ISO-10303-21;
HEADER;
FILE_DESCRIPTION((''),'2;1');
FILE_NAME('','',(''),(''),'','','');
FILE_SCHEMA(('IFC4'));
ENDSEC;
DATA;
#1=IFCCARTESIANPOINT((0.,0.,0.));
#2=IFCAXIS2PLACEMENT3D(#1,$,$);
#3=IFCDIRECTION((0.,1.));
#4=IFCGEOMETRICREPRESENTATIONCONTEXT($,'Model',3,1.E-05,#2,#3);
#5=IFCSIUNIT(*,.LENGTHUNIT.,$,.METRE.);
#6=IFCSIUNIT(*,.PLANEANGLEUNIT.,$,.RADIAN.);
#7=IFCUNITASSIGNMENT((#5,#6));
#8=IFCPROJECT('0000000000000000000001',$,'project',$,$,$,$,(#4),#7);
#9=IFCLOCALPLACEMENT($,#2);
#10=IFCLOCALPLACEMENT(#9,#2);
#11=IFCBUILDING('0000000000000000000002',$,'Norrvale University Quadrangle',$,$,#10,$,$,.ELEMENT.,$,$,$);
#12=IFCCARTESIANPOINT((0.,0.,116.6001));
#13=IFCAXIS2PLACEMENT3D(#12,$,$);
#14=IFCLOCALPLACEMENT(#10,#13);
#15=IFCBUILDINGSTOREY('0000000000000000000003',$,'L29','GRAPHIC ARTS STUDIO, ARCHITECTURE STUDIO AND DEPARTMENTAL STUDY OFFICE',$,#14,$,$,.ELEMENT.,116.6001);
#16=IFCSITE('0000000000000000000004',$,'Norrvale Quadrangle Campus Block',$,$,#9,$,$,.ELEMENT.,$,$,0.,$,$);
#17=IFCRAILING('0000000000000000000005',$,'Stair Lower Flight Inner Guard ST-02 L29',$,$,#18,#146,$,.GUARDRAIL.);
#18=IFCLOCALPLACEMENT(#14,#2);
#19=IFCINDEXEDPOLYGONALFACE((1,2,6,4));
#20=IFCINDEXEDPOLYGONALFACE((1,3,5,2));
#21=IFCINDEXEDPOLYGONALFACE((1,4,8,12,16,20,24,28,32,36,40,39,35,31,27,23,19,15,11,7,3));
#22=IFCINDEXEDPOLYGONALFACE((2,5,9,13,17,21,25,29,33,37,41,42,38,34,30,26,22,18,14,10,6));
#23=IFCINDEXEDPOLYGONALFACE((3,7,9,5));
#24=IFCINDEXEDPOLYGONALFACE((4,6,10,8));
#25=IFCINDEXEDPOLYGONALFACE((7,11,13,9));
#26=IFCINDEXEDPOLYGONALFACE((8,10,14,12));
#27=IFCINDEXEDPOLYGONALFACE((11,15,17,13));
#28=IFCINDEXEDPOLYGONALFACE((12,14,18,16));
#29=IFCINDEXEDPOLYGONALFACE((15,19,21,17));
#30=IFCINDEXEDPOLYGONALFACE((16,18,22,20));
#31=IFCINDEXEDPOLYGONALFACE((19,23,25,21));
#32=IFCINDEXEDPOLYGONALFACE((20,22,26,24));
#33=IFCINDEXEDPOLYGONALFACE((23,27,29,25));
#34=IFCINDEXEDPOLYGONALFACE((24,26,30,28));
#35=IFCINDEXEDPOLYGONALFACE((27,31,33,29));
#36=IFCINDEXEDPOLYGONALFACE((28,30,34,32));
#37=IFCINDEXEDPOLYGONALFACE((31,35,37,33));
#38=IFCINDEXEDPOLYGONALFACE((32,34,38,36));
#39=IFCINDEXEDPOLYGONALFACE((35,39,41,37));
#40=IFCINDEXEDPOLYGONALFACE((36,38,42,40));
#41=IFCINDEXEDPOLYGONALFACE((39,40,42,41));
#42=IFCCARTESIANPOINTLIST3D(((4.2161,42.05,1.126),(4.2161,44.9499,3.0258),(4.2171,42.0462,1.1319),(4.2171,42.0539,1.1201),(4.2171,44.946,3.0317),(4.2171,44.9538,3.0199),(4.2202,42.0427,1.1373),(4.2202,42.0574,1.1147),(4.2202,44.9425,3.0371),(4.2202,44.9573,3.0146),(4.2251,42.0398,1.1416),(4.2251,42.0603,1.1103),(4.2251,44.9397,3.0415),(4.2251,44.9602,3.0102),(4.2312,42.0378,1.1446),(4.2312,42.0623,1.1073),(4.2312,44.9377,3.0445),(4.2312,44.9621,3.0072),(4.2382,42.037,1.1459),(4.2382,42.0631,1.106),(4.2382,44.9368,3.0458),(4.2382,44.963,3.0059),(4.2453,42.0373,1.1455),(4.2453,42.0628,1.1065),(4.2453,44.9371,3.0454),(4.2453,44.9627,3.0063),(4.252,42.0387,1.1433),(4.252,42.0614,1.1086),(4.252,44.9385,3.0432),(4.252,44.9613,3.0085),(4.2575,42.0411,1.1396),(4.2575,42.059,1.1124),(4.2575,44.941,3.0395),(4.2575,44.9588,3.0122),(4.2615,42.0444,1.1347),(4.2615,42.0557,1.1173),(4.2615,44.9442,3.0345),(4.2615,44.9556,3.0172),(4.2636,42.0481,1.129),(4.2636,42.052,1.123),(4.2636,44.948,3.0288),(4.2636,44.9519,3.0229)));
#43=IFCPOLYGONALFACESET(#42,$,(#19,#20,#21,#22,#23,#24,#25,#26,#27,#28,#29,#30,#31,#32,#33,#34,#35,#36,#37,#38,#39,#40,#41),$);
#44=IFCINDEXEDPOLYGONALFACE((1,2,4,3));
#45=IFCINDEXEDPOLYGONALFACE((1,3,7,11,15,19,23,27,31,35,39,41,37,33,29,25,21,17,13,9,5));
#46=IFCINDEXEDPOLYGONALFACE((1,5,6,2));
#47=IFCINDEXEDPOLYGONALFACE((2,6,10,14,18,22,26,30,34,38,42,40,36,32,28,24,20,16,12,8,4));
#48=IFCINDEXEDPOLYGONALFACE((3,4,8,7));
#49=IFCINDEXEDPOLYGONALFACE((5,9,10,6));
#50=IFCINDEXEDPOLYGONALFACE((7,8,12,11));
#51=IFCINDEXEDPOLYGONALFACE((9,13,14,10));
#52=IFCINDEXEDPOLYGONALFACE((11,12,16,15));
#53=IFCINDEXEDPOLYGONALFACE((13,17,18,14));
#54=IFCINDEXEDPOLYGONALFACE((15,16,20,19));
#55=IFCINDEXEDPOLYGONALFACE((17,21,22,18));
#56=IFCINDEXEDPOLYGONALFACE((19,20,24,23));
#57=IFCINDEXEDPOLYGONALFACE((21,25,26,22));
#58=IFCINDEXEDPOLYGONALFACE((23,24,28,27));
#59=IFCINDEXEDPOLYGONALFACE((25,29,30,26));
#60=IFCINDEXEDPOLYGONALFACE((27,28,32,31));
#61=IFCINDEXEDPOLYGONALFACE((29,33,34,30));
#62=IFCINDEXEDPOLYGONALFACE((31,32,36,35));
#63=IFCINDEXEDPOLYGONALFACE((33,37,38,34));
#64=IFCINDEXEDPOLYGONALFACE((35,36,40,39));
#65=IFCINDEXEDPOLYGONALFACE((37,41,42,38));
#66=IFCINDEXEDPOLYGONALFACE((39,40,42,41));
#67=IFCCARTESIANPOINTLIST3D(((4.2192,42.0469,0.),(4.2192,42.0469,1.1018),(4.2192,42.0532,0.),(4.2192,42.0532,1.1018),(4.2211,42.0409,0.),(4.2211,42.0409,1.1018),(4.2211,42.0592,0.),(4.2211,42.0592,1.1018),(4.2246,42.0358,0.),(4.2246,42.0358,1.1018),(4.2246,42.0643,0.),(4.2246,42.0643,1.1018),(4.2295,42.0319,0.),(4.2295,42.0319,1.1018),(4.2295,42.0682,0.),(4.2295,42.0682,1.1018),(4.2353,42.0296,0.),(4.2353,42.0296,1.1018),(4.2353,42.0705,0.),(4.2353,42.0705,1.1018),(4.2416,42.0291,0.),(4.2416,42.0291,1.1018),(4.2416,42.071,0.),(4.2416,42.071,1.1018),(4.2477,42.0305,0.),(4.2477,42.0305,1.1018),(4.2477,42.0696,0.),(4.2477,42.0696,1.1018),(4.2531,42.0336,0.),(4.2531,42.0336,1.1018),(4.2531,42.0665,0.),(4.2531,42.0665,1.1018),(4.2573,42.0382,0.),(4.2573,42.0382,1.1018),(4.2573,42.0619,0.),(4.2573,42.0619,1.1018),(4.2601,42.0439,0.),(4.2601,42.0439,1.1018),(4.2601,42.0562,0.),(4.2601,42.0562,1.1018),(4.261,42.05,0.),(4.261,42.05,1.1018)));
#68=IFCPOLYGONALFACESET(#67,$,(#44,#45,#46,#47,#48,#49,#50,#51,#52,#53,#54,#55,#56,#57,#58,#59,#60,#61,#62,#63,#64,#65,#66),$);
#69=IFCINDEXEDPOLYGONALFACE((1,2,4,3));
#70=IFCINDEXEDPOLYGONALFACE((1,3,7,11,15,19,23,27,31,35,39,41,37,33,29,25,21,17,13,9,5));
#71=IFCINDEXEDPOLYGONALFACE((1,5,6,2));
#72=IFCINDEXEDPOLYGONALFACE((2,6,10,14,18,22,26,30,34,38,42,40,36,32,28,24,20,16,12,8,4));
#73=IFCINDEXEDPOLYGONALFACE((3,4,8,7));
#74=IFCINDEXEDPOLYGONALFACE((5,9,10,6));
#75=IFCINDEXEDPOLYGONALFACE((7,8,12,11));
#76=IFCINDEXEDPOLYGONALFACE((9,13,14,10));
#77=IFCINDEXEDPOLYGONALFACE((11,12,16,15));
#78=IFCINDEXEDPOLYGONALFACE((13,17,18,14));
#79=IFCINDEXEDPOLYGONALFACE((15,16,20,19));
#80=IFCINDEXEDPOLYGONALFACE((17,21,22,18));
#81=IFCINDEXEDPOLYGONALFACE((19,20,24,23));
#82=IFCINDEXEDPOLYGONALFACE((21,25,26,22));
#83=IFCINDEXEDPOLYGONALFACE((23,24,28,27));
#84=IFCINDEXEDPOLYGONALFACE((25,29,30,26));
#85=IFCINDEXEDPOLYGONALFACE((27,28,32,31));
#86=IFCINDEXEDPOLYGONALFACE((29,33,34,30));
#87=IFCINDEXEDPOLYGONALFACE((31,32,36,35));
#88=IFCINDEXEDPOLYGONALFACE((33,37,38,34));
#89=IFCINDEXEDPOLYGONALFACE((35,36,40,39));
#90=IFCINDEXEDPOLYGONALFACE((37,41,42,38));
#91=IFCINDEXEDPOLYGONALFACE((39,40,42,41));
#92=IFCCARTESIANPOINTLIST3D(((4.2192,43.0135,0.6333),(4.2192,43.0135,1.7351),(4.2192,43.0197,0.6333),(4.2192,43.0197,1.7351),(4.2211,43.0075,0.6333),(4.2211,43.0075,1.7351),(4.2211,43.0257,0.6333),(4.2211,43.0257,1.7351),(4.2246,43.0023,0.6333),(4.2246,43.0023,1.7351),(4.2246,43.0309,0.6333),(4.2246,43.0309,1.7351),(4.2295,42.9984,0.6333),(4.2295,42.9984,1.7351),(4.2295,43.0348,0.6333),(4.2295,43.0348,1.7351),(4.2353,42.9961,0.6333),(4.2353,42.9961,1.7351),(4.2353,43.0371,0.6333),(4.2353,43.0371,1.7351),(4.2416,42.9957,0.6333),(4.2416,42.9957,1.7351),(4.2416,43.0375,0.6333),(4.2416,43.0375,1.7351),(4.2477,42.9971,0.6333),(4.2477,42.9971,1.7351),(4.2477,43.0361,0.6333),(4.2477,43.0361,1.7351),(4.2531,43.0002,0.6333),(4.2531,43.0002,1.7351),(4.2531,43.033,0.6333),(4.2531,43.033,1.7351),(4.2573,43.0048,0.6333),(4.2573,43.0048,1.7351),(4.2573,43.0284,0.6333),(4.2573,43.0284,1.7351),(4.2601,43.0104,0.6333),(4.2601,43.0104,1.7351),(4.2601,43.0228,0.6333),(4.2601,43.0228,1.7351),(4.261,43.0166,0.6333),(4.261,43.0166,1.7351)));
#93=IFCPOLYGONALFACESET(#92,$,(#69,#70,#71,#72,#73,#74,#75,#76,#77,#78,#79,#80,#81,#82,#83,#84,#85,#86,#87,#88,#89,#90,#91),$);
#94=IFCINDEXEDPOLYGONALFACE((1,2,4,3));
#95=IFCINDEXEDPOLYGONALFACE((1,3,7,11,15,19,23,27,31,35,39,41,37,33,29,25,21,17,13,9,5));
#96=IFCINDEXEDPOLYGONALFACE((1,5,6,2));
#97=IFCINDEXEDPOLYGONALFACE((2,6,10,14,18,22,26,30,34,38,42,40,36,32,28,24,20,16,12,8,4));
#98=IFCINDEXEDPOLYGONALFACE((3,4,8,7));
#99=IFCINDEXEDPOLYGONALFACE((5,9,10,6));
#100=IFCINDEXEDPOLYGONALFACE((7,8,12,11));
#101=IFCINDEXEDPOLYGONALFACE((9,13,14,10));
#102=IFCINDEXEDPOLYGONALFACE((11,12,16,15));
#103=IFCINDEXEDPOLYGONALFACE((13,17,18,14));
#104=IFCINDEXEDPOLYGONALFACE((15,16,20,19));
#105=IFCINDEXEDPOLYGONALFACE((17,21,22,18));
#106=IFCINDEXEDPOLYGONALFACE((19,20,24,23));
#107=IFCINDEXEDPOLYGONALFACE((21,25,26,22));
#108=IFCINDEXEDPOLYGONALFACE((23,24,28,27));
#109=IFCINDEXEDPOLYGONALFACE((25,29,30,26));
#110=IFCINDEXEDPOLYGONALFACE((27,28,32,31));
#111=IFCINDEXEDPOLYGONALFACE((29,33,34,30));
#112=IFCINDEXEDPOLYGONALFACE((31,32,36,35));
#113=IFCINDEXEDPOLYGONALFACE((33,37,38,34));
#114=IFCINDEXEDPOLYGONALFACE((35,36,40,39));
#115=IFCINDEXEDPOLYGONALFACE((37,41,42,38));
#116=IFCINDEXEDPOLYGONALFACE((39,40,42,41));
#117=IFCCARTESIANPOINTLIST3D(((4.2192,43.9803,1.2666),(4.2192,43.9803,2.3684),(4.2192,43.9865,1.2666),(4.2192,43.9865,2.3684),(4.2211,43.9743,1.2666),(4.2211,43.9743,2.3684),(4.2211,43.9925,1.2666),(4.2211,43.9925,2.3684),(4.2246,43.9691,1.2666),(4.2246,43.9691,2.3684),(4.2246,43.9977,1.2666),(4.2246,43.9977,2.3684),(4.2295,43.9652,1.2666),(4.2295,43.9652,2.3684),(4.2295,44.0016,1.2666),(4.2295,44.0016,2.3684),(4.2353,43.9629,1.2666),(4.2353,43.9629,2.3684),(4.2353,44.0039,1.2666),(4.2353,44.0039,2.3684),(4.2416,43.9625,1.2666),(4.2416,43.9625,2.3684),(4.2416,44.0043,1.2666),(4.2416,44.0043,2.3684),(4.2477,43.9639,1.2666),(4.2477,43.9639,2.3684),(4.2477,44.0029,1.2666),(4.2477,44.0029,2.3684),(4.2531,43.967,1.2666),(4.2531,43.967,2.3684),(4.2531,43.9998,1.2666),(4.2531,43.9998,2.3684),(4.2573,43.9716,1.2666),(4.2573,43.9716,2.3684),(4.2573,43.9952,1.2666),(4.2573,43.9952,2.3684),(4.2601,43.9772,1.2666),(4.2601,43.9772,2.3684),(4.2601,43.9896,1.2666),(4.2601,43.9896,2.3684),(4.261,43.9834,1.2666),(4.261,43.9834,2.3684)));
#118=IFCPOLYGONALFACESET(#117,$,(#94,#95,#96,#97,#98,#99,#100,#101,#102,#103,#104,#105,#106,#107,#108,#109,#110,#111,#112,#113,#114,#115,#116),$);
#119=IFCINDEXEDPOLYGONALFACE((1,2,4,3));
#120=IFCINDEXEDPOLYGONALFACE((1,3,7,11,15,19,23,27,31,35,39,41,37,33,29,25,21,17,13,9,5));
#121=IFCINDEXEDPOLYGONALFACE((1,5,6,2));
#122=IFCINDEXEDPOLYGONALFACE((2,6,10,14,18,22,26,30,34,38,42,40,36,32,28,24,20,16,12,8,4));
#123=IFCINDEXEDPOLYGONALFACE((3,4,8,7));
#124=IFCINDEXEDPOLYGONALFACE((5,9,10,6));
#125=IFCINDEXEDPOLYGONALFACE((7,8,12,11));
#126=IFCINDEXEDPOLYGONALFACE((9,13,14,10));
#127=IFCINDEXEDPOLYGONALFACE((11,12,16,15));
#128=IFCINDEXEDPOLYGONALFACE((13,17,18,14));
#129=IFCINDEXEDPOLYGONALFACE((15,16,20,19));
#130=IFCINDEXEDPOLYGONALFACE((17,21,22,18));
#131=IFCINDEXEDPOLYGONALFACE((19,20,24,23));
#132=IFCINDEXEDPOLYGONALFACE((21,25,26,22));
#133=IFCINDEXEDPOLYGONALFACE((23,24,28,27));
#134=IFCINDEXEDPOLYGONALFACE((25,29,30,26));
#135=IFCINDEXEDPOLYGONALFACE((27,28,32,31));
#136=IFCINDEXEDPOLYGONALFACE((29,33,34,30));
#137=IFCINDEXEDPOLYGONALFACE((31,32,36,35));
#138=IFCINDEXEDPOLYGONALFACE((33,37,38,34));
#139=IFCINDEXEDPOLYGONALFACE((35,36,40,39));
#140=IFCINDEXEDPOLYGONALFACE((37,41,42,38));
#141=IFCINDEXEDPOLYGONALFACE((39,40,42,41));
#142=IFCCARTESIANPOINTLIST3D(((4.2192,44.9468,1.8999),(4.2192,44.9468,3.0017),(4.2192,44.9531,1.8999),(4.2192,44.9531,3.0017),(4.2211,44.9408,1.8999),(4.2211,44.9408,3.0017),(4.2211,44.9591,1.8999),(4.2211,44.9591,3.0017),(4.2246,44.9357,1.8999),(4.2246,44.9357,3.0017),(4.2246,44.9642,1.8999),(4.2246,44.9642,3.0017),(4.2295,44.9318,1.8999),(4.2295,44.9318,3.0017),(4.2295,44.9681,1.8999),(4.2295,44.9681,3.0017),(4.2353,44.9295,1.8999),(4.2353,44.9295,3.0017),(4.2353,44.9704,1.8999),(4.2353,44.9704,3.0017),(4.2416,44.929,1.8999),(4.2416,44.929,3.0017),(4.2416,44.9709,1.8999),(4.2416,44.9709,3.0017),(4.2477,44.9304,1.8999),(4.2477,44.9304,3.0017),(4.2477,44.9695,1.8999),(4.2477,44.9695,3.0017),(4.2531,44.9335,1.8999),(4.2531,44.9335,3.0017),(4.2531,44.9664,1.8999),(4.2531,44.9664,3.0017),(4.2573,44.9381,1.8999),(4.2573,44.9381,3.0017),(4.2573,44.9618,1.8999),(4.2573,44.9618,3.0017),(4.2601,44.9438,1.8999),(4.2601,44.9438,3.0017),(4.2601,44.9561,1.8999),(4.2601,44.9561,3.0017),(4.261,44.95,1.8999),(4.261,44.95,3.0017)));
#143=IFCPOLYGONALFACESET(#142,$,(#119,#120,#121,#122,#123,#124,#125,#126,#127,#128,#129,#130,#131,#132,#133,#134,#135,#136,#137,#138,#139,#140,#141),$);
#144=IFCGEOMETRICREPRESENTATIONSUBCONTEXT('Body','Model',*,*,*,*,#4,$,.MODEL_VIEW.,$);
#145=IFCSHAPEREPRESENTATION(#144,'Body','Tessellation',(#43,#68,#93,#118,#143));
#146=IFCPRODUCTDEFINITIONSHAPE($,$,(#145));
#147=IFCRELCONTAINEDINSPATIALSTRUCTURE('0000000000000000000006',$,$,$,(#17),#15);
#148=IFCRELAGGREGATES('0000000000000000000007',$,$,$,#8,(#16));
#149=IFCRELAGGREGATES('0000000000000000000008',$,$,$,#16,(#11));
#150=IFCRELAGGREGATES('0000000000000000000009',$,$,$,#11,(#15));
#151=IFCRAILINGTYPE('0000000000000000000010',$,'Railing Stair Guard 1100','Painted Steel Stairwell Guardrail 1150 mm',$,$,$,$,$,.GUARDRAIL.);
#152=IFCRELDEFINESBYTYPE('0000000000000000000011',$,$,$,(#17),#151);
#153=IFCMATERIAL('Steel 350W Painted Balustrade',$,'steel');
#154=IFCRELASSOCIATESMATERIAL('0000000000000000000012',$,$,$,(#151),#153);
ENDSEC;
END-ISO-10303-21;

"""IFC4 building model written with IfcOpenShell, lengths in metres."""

from ifc_helpers import new_model, si_unit, direction, frame, origin, origin_2d, place, context, subcontext, project, spatial, circle, extrude, material, type_object, element, save


model = new_model("IFC4")

# Units and contexts
model_context = context("Model", 3, precision=1e-05, world=origin(), true_north=direction((0.0, 1.0)))
body_context = subcontext(model_context, "Body", "Model", "MODEL_VIEW")
ifc_project = project(units=[si_unit("LENGTHUNIT", "METRE"), si_unit("PLANEANGLEUNIT", "RADIAN")], contexts=[model_context])

# Site, building, storey
site_placement = place(None, origin())
site = spatial("IfcSite", under=ifc_project, at=site_placement, Name="Norrvale Quadrangle Campus Block", CompositionType="ELEMENT", RefElevation=0.0)
building_placement = place(site_placement, origin())
building = spatial("IfcBuilding", under=site, at=building_placement, Name="Norrvale University Quadrangle", CompositionType="ELEMENT")
storey_placement = place(building_placement, frame((0.0, 0.0, 116.6001)))
storey = spatial("IfcBuildingStorey", under=building, at=storey_placement, Name="L29", Description="GRAPHIC ARTS STUDIO, ARCHITECTURE STUDIO AND DEPARTMENTAL STUDY OFFICE", CompositionType="ELEMENT", Elevation=116.6001)

# Railing
ifc_material_1 = material(Name="Steel 350W Painted Balustrade", Category="steel")
railing_type_1 = type_object("IfcRailingType", Name="Railing Stair Guard 1100", Description="Painted Steel Stairwell Guardrail 1150 mm", PredefinedType="GUARDRAIL", material=ifc_material_1)
railing_1_placement = place(storey_placement, frame((4.24, 42.05, 0.0)))
element("IfcRailing", 1, at=railing_1_placement, inside=storey, type_object=railing_type_1, Name="Stair Lower Flight Inner Guard ST-02 L29", PredefinedType="GUARDRAIL", context=body_context, shape_type="SweptSolid", body=[
    extrude(circle(Radius=0.0239, at=origin_2d()), frame((0.0, 0.0, 1.126), z_axis=(0.0, 0.836466, 0.548019), x_axis=(-1.0, 0.0, 0.0)), (0.0, 0.0, 1.0), 3.4668),
    extrude(circle(Radius=0.021, at=origin_2d()), origin(), (0.0, 0.0, 1.0), 1.1018),
    extrude(circle(Radius=0.021, at=origin_2d()), frame((0.0, 0.9666, 0.6333)), (0.0, 0.0, 1.0), 1.1018),
    extrude(circle(Radius=0.021, at=origin_2d()), frame((0.0, 1.9333, 1.2666)), (0.0, 0.0, 1.0), 1.1018),
    extrude(circle(Radius=0.021, at=origin_2d()), frame((0.0, 2.8999, 1.8999)), (0.0, 0.0, 1.0), 1.1018),
])

save(model, "model.ifc")
